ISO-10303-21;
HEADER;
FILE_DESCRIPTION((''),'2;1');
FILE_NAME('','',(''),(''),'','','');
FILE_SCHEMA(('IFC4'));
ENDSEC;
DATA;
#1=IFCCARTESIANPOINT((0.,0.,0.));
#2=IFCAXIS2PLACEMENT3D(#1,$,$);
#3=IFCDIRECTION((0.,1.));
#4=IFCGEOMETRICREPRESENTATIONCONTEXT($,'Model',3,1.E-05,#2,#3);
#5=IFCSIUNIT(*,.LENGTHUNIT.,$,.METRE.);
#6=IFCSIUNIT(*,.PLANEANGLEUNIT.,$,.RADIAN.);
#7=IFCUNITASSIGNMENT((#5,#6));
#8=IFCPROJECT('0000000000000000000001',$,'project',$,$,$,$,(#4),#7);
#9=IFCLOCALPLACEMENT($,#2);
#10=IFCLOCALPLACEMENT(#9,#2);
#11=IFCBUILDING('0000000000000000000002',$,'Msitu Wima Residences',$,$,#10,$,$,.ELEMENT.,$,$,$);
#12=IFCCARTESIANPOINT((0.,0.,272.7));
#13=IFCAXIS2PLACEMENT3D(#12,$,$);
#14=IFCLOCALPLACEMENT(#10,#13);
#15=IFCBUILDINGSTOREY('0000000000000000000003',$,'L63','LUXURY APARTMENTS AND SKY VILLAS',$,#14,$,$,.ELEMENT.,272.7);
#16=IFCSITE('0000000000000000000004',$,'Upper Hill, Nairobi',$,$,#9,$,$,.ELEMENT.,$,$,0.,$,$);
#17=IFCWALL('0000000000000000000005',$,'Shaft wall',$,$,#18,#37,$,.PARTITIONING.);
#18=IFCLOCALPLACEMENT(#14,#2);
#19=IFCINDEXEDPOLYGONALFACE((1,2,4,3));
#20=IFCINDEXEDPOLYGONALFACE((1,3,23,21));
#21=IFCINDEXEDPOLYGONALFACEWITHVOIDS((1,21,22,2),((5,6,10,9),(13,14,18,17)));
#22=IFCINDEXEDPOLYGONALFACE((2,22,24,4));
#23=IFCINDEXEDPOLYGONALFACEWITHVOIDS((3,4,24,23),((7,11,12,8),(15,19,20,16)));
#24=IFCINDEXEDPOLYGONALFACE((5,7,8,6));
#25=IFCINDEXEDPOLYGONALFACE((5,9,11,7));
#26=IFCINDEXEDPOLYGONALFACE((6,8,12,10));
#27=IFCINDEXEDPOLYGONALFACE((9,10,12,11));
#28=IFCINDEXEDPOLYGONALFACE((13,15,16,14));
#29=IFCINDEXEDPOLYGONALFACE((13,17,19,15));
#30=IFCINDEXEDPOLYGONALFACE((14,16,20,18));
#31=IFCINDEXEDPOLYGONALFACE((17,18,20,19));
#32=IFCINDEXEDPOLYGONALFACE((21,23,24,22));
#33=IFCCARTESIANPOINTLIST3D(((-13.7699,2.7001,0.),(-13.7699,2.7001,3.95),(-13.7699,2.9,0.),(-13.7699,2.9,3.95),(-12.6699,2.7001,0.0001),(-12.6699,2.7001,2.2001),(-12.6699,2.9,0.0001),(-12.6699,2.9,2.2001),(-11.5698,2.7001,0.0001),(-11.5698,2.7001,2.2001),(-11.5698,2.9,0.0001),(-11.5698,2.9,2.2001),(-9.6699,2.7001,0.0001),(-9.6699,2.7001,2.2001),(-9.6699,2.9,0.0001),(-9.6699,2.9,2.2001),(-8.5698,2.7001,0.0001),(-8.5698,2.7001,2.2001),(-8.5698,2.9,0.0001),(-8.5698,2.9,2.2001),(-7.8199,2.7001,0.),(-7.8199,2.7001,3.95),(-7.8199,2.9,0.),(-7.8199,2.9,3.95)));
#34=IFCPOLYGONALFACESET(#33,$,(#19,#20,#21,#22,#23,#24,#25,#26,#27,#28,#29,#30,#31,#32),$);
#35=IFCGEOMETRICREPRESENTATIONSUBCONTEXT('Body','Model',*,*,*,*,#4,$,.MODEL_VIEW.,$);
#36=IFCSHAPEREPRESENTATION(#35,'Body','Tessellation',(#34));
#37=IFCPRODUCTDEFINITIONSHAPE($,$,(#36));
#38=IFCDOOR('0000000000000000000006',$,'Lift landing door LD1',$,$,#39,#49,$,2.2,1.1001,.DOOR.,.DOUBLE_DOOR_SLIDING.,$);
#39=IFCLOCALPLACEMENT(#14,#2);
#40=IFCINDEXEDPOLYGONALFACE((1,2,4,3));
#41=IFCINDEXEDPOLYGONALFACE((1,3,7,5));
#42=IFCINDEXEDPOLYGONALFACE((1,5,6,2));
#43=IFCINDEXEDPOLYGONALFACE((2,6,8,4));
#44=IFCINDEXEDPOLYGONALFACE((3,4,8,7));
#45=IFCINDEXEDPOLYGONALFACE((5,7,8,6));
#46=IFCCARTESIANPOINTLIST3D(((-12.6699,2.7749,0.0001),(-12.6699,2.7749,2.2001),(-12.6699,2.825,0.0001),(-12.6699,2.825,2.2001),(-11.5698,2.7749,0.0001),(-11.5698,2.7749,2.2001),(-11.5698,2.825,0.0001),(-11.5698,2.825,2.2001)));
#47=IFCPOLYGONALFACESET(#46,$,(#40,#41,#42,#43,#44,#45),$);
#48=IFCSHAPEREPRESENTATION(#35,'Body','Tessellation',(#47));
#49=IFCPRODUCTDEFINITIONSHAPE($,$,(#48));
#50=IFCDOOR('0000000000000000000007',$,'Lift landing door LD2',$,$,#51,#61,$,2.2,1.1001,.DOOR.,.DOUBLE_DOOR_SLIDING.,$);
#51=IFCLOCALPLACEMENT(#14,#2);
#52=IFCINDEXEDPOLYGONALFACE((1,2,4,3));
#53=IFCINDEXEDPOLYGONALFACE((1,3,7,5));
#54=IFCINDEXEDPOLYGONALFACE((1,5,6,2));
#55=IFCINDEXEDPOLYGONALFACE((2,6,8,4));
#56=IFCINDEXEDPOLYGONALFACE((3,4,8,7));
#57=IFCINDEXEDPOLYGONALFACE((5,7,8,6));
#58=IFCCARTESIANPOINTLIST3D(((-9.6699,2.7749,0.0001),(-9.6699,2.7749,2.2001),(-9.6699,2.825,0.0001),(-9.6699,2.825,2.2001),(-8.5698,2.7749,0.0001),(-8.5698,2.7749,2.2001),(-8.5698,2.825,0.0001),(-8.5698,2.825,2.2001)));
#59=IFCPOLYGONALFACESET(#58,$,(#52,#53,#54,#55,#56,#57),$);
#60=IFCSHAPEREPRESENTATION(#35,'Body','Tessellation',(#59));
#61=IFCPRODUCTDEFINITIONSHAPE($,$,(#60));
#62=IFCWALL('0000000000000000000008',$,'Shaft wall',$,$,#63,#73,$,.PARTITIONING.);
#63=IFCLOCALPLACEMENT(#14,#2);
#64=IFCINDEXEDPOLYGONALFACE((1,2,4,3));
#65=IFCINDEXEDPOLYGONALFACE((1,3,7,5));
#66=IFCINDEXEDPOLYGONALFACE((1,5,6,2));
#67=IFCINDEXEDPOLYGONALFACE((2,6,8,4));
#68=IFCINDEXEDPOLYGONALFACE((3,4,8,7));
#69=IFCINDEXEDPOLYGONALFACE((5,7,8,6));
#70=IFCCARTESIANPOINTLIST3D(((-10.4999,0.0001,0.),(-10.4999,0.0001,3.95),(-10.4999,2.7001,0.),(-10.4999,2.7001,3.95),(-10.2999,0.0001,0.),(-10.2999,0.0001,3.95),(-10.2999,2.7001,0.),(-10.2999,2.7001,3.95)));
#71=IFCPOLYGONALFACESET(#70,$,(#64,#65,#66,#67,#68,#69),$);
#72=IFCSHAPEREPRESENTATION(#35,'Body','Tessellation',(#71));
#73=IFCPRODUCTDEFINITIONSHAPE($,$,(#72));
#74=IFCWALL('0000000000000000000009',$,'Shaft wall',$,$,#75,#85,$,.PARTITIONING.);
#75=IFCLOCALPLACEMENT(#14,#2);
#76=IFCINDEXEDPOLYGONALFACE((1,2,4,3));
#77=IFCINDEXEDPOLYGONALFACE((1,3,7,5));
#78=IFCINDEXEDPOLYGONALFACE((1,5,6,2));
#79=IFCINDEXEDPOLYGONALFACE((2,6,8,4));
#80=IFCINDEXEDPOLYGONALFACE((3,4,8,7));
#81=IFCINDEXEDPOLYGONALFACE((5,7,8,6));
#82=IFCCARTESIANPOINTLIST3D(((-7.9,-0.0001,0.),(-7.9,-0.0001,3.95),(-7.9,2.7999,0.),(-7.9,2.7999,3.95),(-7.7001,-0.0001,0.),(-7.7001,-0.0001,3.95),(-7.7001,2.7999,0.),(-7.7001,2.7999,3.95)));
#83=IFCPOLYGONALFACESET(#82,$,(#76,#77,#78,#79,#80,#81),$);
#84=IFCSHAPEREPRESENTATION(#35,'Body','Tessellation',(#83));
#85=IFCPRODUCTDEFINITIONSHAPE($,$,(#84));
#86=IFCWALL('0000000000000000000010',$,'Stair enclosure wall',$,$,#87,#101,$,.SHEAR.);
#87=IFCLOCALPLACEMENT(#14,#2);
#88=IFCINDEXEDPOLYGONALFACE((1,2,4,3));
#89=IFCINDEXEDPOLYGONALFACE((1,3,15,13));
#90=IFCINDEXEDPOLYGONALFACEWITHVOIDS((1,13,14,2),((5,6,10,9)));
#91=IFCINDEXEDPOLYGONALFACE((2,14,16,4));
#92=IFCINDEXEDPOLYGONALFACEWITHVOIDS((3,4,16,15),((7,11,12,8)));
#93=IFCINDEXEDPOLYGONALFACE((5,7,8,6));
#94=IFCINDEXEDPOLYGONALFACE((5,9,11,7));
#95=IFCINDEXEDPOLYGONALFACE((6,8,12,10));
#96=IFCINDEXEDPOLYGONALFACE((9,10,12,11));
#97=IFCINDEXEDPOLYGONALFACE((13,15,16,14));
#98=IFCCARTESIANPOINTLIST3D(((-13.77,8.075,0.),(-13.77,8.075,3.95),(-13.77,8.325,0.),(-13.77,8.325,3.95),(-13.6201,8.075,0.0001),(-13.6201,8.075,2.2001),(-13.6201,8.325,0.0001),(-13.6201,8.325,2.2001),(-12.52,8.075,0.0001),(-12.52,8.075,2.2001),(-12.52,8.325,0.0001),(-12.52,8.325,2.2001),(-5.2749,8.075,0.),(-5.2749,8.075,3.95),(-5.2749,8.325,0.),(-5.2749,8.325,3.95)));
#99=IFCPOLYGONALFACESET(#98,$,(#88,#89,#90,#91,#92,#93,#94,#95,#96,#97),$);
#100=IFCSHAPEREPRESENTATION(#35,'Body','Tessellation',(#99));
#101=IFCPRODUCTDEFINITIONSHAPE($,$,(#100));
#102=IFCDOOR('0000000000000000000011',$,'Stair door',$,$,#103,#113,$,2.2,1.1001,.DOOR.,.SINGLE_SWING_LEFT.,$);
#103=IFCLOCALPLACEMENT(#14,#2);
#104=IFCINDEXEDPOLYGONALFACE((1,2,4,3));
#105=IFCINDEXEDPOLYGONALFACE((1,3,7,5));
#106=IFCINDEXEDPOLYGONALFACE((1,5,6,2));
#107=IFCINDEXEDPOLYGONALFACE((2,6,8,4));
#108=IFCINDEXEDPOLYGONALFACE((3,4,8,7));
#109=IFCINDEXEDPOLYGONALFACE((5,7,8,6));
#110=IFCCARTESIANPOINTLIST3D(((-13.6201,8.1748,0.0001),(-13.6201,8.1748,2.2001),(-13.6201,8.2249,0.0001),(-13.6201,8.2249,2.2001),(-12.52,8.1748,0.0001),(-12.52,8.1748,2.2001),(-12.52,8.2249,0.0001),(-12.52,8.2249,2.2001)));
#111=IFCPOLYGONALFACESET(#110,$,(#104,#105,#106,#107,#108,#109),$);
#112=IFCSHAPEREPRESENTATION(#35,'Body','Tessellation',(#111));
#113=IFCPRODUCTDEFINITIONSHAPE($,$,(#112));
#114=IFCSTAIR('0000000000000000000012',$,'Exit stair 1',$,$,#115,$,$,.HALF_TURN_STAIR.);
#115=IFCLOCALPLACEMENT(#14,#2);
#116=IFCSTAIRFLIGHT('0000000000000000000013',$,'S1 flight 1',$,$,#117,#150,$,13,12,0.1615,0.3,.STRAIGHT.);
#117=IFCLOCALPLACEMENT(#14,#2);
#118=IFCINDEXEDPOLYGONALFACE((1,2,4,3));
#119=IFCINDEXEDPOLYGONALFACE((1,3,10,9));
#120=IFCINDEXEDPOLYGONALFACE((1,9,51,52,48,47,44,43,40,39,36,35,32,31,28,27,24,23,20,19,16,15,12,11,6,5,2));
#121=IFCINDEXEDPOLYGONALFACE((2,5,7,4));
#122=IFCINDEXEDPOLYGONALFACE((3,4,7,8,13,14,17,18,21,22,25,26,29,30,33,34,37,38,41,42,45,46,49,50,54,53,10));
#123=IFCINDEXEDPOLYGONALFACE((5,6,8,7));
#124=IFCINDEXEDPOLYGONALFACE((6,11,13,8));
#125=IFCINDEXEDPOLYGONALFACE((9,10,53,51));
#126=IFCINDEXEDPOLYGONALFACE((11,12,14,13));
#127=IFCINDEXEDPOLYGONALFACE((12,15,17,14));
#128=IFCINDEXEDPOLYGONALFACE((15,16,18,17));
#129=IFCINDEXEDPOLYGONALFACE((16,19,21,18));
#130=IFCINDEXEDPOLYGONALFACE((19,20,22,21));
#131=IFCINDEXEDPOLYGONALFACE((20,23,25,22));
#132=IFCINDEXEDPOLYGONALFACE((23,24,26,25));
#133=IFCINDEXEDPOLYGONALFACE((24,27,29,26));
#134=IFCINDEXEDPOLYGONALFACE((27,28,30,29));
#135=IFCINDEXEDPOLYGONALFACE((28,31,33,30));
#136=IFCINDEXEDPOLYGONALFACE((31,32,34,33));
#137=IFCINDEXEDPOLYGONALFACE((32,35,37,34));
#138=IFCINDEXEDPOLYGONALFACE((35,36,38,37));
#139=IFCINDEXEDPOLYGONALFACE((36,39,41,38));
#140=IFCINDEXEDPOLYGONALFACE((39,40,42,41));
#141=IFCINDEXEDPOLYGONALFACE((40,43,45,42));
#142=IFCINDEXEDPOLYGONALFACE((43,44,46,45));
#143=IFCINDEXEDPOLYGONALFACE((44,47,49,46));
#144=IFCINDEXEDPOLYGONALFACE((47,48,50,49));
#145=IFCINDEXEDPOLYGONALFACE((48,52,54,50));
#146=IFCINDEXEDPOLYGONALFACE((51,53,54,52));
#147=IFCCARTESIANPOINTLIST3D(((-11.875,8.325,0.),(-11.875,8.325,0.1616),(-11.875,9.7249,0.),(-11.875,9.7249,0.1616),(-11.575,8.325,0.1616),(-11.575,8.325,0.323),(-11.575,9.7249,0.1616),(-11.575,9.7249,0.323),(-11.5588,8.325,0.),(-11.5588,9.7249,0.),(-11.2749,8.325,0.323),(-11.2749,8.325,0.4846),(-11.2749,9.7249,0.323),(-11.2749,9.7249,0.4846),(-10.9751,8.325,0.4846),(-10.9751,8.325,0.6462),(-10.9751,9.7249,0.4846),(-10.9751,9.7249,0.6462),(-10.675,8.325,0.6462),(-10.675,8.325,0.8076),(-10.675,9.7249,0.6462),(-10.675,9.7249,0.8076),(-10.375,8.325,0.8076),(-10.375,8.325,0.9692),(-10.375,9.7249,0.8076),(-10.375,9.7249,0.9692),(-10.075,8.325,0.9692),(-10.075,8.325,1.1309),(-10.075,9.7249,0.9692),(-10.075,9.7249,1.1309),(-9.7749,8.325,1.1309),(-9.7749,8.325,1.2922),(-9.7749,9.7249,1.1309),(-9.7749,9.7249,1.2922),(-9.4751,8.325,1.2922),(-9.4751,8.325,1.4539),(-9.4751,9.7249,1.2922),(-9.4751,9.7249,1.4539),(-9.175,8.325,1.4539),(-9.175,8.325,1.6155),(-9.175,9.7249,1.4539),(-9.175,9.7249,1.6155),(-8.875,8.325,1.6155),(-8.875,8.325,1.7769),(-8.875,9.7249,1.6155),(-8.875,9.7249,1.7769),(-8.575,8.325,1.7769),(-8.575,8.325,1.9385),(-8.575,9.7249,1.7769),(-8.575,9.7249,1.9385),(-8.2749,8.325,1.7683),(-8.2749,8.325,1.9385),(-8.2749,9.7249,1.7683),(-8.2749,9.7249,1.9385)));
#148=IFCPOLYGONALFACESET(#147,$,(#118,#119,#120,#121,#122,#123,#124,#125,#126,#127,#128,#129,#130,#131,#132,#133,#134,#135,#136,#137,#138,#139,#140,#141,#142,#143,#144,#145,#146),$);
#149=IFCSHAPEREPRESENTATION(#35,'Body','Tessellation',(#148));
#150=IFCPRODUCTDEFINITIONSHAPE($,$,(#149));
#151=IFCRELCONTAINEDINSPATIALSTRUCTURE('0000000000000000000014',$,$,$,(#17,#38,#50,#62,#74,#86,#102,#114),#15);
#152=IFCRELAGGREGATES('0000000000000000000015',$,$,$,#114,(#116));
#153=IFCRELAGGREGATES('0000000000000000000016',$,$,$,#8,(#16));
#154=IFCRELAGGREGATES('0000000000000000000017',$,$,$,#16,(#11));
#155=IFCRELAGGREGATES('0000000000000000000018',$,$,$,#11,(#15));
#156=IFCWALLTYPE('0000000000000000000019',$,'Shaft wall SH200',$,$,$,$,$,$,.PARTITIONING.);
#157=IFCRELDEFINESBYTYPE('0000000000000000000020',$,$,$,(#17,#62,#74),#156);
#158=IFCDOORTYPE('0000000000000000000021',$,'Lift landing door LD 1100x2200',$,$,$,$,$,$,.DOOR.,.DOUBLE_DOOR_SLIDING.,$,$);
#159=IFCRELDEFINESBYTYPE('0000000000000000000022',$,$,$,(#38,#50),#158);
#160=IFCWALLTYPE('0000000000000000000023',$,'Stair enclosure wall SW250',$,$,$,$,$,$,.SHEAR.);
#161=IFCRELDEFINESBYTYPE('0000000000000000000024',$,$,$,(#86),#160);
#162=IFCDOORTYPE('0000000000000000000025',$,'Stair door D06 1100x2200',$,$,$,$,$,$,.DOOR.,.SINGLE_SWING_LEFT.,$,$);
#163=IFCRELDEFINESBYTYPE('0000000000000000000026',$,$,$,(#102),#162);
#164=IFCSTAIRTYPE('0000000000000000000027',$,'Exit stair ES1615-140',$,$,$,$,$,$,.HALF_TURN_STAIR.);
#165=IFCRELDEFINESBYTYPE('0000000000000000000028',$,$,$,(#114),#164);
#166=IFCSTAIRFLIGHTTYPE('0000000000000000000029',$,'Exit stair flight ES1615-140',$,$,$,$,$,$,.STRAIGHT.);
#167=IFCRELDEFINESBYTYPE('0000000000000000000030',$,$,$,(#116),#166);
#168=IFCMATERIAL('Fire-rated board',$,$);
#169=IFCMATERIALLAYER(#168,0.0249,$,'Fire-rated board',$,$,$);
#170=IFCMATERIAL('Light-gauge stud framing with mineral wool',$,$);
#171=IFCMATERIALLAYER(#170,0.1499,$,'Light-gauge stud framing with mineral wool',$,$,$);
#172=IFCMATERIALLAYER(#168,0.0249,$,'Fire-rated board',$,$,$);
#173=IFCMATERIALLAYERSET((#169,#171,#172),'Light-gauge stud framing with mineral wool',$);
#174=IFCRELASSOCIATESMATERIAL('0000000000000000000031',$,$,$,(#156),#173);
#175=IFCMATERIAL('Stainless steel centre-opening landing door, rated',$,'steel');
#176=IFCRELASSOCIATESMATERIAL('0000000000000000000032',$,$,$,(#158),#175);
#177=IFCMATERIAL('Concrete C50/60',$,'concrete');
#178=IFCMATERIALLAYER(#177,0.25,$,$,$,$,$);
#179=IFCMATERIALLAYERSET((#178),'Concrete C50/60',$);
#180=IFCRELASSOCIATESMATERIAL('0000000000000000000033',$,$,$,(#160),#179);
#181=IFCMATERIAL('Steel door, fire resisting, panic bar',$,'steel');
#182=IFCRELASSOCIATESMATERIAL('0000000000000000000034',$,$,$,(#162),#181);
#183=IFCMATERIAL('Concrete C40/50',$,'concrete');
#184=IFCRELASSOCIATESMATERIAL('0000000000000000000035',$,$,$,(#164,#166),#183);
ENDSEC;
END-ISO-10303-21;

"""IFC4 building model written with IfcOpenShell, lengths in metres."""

from ifc_helpers import new_model, si_unit, direction, frame, frame_2d, origin, place, context, subcontext, project, spatial, polyline, rectangle, outline, extrude, material, layer, layer_set, type_object, element, fill, aggregate, save


model = new_model("IFC4")

# Units and contexts
model_context = context("Model", 3, precision=1e-05, world=origin(), true_north=direction((0.0, 1.0)))
body_context = subcontext(model_context, "Body", "Model", "MODEL_VIEW")
ifc_project = project(units=[si_unit("LENGTHUNIT", "METRE"), si_unit("PLANEANGLEUNIT", "RADIAN")], contexts=[model_context])

# Site, building, storey
site_placement = place(None, origin())
site = spatial("IfcSite", under=ifc_project, at=site_placement, Name="Upper Hill, Nairobi", CompositionType="ELEMENT", RefElevation=0.0)
building_placement = place(site_placement, origin())
building = spatial("IfcBuilding", under=site, at=building_placement, Name="Msitu Wima Residences", CompositionType="ELEMENT")
storey_placement = place(building_placement, frame((0.0, 0.0, 272.7)))
storey = spatial("IfcBuildingStorey", under=building, at=storey_placement, Name="L63", Description="LUXURY APARTMENTS AND SKY VILLAS", CompositionType="ELEMENT", Elevation=272.7)

# Shared definitions
ifc_material_1 = material(Name="Concrete C40/50", Category="concrete")

# Shared definitions
ifc_material_2 = material(Name="Fire-rated board")
ifc_layer_1 = layer(ifc_material_2, 0.0249, Name="Fire-rated board")
ifc_material_3 = material(Name="Light-gauge stud framing with mineral wool")
ifc_layer_2 = layer(ifc_material_3, 0.1499, Name="Light-gauge stud framing with mineral wool")
ifc_layer_3 = layer(ifc_material_2, 0.0249, Name="Fire-rated board")
ifc_layer_set_1 = layer_set([ifc_layer_1, ifc_layer_2, ifc_layer_3], Name="Light-gauge stud framing with mineral wool")
wall_type_1 = type_object("IfcWallType", Name="Shaft wall SH200", PredefinedType="PARTITIONING", material=ifc_layer_set_1)

# Wall, openings, doors
wall_1_placement = place(storey_placement, frame((-13.77, 2.8, 0.0), z_axis=(0.0, 0.0, 1.0), x_axis=(1.0, 0.0, 0.0)))
wall_1 = element("IfcWall", 1, at=wall_1_placement, inside=storey, type_object=wall_type_1, Name="Shaft wall", PredefinedType="PARTITIONING", context=body_context, shape_type="SweptSolid", body=[
    extrude(rectangle(XDim=5.95, YDim=0.2, at=frame_2d((2.9751, 0.0))), origin(), (0.0, 0.0, 1.0), 3.95),
])
opening_1_placement = place(wall_1_placement, frame((1.1001, 0.0, 0.0)))
opening_1 = element("IfcOpeningElement", 2, at=opening_1_placement, cuts=wall_1, PredefinedType="OPENING", context=body_context, shape_type="SweptSolid", body=[
    extrude(rectangle(XDim=1.1001, YDim=2.2, at=frame_2d((0.55, 1.1001))), frame((0.0, 0.1099, 0.0), z_axis=(0.0, -1.0, 0.0), x_axis=(1.0, 0.0, 0.0)), (0.0, 0.0, 1.0), 0.22),
])
opening_2_placement = place(wall_1_placement, frame((4.1001, 0.0, 0.0)))
opening_2 = element("IfcOpeningElement", 3, at=opening_2_placement, cuts=wall_1, PredefinedType="OPENING", context=body_context, shape_type="SweptSolid", body=[
    extrude(rectangle(XDim=1.1001, YDim=2.2, at=frame_2d((0.55, 1.1001))), frame((0.0, 0.1099, 0.0), z_axis=(0.0, -1.0, 0.0), x_axis=(1.0, 0.0, 0.0)), (0.0, 0.0, 1.0), 0.22),
])
ifc_material_4 = material(Name="Stainless steel centre-opening landing door, rated", Category="steel")
door_type_1 = type_object("IfcDoorType", Name="Lift landing door LD 1100x2200", OperationType="DOUBLE_DOOR_SLIDING", PredefinedType="DOOR", material=ifc_material_4)
door_1_placement = place(opening_1_placement, origin())
door_1 = element("IfcDoor", 4, at=door_1_placement, inside=storey, type_object=door_type_1, Name="Lift landing door LD1", OperationType="DOUBLE_DOOR_SLIDING", OverallHeight=2.2, OverallWidth=1.1001, PredefinedType="DOOR", context=body_context, shape_type="SweptSolid", body=[
    extrude(rectangle(XDim=1.1001, YDim=2.2, at=frame_2d((0.55, 1.1001))), frame((0.0, 0.0249, 0.0), z_axis=(0.0, -1.0, 0.0), x_axis=(1.0, 0.0, 0.0)), (0.0, 0.0, 1.0), 0.05),
])
fill(opening_1, door_1)
door_2_placement = place(opening_2_placement, origin())
door_2 = element("IfcDoor", 5, at=door_2_placement, inside=storey, type_object=door_type_1, Name="Lift landing door LD2", OperationType="DOUBLE_DOOR_SLIDING", OverallHeight=2.2, OverallWidth=1.1001, PredefinedType="DOOR", context=body_context, shape_type="SweptSolid", body=[
    extrude(rectangle(XDim=1.1001, YDim=2.2, at=frame_2d((0.55, 1.1001))), frame((0.0, 0.0249, 0.0), z_axis=(0.0, -1.0, 0.0), x_axis=(1.0, 0.0, 0.0)), (0.0, 0.0, 1.0), 0.05),
])
fill(opening_2, door_2)

# Walls
wall_2_placement = place(storey_placement, frame((-10.3999, 0.0, 0.0), z_axis=(0.0, 0.0, 1.0), x_axis=(0.0, 1.0, 0.0)))
element("IfcWall", 6, at=wall_2_placement, inside=storey, type_object=wall_type_1, Name="Shaft wall", PredefinedType="PARTITIONING", context=body_context, shape_type="SweptSolid", body=[
    extrude(rectangle(XDim=2.7, YDim=0.2, at=frame_2d((1.3501, 0.0))), origin(), (0.0, 0.0, 1.0), 3.95),
])
wall_3_placement = place(storey_placement, frame((-7.8, 0.0, 0.0), z_axis=(0.0, 0.0, 1.0), x_axis=(0.0, 1.0, 0.0)))
element("IfcWall", 7, at=wall_3_placement, inside=storey, type_object=wall_type_1, Name="Shaft wall", PredefinedType="PARTITIONING", context=body_context, shape_type="SweptSolid", body=[
    extrude(rectangle(XDim=2.8, YDim=0.2, at=frame_2d((1.3999, 0.0))), origin(), (0.0, 0.0, 1.0), 3.95),
])

# Wall, opening, door
ifc_material_5 = material(Name="Concrete C50/60", Category="concrete")
ifc_layer_4 = layer(ifc_material_5, 0.25)
ifc_layer_set_2 = layer_set([ifc_layer_4], Name="Concrete C50/60")
wall_type_2 = type_object("IfcWallType", Name="Stair enclosure wall SW250", PredefinedType="SHEAR", material=ifc_layer_set_2)
wall_4_placement = place(storey_placement, frame((-13.77, 8.2, 0.0), z_axis=(0.0, 0.0, 1.0), x_axis=(1.0, 0.0, 0.0)))
wall_4 = element("IfcWall", 8, at=wall_4_placement, inside=storey, type_object=wall_type_2, Name="Stair enclosure wall", PredefinedType="SHEAR", context=body_context, shape_type="SweptSolid", body=[
    extrude(rectangle(XDim=8.4951, YDim=0.25, at=frame_2d((4.2476, 0.0))), origin(), (0.0, 0.0, 1.0), 3.95),
])
opening_3_placement = place(wall_4_placement, frame((0.1499, 0.0, 0.0)))
opening_3 = element("IfcOpeningElement", 9, at=opening_3_placement, cuts=wall_4, PredefinedType="OPENING", context=body_context, shape_type="SweptSolid", body=[
    extrude(rectangle(XDim=1.1001, YDim=2.2, at=frame_2d((0.55, 1.1001))), frame((0.0, 0.135, 0.0), z_axis=(0.0, -1.0, 0.0), x_axis=(1.0, 0.0, 0.0)), (0.0, 0.0, 1.0), 0.27),
])
ifc_material_6 = material(Name="Steel door, fire resisting, panic bar", Category="steel")
door_type_2 = type_object("IfcDoorType", Name="Stair door D06 1100x2200", OperationType="SINGLE_SWING_LEFT", PredefinedType="DOOR", material=ifc_material_6)
door_3_placement = place(opening_3_placement, origin())
door_3 = element("IfcDoor", 10, at=door_3_placement, inside=storey, type_object=door_type_2, Name="Stair door", OperationType="SINGLE_SWING_LEFT", OverallHeight=2.2, OverallWidth=1.1001, PredefinedType="DOOR", context=body_context, shape_type="SweptSolid", body=[
    extrude(rectangle(XDim=1.1001, YDim=2.2, at=frame_2d((0.55, 1.1001))), frame((0.0, 0.0249, 0.0), z_axis=(0.0, -1.0, 0.0), x_axis=(1.0, 0.0, 0.0)), (0.0, 0.0, 1.0), 0.05),
])
fill(opening_3, door_3)

# Stair, stair flight
stair_type = type_object("IfcStairType", Name="Exit stair ES1615-140", PredefinedType="HALF_TURN_STAIR", material=ifc_material_1)
stair_placement = place(storey_placement, origin())
stair = element("IfcStair", 11, at=stair_placement, inside=storey, type_object=stair_type, Name="Exit stair 1", PredefinedType="HALF_TURN_STAIR")
stair_flight_type = type_object("IfcStairFlightType", Name="Exit stair flight ES1615-140", PredefinedType="STRAIGHT", material=ifc_material_1)
stair_flight_placement = place(storey_placement, frame((-11.875, 9.0249, 0.0), z_axis=(0.0, 0.0, 1.0), x_axis=(1.0, 0.0, 0.0)))
stair_flight = element("IfcStairFlight", 12, at=stair_flight_placement, type_object=stair_flight_type, Name="S1 flight 1", NumberOfRisers=13, NumberOfTreads=12, PredefinedType="STRAIGHT", RiserHeight=0.1615, TreadLength=0.3, context=body_context, shape_type="SweptSolid", body=[
    extrude(outline(polyline([(0.0, 0.0), (0.0, 0.1616), (0.3, 0.1616), (0.3, 0.323), (0.6001, 0.323), (0.6001, 0.4846), (0.8999, 0.4846), (0.8999, 0.6462), (1.2, 0.6462), (1.2, 0.8076), (1.5, 0.8076), (1.5, 0.9692), (1.8, 0.9692), (1.8, 1.1309), (2.1001, 1.1309), (2.1001, 1.2922), (2.3999, 1.2922), (2.3999, 1.4539), (2.7, 1.4539), (2.7, 1.6155), (3.0, 1.6155), (3.0, 1.7769), (3.3, 1.7769), (3.3, 1.9385), (3.6001, 1.9385), (3.6001, 2.1001), (3.6001, 1.7683), (0.3162, 0.0), (0.0, 0.0)])), frame((0.0, 0.7, 0.0), z_axis=(0.0, -1.0, 0.0), x_axis=(1.0, 0.0, 0.0)), (0.0, 0.0, 1.0), 1.3999),
])
aggregate(stair, [stair_flight])

save(model, "model.ifc")
